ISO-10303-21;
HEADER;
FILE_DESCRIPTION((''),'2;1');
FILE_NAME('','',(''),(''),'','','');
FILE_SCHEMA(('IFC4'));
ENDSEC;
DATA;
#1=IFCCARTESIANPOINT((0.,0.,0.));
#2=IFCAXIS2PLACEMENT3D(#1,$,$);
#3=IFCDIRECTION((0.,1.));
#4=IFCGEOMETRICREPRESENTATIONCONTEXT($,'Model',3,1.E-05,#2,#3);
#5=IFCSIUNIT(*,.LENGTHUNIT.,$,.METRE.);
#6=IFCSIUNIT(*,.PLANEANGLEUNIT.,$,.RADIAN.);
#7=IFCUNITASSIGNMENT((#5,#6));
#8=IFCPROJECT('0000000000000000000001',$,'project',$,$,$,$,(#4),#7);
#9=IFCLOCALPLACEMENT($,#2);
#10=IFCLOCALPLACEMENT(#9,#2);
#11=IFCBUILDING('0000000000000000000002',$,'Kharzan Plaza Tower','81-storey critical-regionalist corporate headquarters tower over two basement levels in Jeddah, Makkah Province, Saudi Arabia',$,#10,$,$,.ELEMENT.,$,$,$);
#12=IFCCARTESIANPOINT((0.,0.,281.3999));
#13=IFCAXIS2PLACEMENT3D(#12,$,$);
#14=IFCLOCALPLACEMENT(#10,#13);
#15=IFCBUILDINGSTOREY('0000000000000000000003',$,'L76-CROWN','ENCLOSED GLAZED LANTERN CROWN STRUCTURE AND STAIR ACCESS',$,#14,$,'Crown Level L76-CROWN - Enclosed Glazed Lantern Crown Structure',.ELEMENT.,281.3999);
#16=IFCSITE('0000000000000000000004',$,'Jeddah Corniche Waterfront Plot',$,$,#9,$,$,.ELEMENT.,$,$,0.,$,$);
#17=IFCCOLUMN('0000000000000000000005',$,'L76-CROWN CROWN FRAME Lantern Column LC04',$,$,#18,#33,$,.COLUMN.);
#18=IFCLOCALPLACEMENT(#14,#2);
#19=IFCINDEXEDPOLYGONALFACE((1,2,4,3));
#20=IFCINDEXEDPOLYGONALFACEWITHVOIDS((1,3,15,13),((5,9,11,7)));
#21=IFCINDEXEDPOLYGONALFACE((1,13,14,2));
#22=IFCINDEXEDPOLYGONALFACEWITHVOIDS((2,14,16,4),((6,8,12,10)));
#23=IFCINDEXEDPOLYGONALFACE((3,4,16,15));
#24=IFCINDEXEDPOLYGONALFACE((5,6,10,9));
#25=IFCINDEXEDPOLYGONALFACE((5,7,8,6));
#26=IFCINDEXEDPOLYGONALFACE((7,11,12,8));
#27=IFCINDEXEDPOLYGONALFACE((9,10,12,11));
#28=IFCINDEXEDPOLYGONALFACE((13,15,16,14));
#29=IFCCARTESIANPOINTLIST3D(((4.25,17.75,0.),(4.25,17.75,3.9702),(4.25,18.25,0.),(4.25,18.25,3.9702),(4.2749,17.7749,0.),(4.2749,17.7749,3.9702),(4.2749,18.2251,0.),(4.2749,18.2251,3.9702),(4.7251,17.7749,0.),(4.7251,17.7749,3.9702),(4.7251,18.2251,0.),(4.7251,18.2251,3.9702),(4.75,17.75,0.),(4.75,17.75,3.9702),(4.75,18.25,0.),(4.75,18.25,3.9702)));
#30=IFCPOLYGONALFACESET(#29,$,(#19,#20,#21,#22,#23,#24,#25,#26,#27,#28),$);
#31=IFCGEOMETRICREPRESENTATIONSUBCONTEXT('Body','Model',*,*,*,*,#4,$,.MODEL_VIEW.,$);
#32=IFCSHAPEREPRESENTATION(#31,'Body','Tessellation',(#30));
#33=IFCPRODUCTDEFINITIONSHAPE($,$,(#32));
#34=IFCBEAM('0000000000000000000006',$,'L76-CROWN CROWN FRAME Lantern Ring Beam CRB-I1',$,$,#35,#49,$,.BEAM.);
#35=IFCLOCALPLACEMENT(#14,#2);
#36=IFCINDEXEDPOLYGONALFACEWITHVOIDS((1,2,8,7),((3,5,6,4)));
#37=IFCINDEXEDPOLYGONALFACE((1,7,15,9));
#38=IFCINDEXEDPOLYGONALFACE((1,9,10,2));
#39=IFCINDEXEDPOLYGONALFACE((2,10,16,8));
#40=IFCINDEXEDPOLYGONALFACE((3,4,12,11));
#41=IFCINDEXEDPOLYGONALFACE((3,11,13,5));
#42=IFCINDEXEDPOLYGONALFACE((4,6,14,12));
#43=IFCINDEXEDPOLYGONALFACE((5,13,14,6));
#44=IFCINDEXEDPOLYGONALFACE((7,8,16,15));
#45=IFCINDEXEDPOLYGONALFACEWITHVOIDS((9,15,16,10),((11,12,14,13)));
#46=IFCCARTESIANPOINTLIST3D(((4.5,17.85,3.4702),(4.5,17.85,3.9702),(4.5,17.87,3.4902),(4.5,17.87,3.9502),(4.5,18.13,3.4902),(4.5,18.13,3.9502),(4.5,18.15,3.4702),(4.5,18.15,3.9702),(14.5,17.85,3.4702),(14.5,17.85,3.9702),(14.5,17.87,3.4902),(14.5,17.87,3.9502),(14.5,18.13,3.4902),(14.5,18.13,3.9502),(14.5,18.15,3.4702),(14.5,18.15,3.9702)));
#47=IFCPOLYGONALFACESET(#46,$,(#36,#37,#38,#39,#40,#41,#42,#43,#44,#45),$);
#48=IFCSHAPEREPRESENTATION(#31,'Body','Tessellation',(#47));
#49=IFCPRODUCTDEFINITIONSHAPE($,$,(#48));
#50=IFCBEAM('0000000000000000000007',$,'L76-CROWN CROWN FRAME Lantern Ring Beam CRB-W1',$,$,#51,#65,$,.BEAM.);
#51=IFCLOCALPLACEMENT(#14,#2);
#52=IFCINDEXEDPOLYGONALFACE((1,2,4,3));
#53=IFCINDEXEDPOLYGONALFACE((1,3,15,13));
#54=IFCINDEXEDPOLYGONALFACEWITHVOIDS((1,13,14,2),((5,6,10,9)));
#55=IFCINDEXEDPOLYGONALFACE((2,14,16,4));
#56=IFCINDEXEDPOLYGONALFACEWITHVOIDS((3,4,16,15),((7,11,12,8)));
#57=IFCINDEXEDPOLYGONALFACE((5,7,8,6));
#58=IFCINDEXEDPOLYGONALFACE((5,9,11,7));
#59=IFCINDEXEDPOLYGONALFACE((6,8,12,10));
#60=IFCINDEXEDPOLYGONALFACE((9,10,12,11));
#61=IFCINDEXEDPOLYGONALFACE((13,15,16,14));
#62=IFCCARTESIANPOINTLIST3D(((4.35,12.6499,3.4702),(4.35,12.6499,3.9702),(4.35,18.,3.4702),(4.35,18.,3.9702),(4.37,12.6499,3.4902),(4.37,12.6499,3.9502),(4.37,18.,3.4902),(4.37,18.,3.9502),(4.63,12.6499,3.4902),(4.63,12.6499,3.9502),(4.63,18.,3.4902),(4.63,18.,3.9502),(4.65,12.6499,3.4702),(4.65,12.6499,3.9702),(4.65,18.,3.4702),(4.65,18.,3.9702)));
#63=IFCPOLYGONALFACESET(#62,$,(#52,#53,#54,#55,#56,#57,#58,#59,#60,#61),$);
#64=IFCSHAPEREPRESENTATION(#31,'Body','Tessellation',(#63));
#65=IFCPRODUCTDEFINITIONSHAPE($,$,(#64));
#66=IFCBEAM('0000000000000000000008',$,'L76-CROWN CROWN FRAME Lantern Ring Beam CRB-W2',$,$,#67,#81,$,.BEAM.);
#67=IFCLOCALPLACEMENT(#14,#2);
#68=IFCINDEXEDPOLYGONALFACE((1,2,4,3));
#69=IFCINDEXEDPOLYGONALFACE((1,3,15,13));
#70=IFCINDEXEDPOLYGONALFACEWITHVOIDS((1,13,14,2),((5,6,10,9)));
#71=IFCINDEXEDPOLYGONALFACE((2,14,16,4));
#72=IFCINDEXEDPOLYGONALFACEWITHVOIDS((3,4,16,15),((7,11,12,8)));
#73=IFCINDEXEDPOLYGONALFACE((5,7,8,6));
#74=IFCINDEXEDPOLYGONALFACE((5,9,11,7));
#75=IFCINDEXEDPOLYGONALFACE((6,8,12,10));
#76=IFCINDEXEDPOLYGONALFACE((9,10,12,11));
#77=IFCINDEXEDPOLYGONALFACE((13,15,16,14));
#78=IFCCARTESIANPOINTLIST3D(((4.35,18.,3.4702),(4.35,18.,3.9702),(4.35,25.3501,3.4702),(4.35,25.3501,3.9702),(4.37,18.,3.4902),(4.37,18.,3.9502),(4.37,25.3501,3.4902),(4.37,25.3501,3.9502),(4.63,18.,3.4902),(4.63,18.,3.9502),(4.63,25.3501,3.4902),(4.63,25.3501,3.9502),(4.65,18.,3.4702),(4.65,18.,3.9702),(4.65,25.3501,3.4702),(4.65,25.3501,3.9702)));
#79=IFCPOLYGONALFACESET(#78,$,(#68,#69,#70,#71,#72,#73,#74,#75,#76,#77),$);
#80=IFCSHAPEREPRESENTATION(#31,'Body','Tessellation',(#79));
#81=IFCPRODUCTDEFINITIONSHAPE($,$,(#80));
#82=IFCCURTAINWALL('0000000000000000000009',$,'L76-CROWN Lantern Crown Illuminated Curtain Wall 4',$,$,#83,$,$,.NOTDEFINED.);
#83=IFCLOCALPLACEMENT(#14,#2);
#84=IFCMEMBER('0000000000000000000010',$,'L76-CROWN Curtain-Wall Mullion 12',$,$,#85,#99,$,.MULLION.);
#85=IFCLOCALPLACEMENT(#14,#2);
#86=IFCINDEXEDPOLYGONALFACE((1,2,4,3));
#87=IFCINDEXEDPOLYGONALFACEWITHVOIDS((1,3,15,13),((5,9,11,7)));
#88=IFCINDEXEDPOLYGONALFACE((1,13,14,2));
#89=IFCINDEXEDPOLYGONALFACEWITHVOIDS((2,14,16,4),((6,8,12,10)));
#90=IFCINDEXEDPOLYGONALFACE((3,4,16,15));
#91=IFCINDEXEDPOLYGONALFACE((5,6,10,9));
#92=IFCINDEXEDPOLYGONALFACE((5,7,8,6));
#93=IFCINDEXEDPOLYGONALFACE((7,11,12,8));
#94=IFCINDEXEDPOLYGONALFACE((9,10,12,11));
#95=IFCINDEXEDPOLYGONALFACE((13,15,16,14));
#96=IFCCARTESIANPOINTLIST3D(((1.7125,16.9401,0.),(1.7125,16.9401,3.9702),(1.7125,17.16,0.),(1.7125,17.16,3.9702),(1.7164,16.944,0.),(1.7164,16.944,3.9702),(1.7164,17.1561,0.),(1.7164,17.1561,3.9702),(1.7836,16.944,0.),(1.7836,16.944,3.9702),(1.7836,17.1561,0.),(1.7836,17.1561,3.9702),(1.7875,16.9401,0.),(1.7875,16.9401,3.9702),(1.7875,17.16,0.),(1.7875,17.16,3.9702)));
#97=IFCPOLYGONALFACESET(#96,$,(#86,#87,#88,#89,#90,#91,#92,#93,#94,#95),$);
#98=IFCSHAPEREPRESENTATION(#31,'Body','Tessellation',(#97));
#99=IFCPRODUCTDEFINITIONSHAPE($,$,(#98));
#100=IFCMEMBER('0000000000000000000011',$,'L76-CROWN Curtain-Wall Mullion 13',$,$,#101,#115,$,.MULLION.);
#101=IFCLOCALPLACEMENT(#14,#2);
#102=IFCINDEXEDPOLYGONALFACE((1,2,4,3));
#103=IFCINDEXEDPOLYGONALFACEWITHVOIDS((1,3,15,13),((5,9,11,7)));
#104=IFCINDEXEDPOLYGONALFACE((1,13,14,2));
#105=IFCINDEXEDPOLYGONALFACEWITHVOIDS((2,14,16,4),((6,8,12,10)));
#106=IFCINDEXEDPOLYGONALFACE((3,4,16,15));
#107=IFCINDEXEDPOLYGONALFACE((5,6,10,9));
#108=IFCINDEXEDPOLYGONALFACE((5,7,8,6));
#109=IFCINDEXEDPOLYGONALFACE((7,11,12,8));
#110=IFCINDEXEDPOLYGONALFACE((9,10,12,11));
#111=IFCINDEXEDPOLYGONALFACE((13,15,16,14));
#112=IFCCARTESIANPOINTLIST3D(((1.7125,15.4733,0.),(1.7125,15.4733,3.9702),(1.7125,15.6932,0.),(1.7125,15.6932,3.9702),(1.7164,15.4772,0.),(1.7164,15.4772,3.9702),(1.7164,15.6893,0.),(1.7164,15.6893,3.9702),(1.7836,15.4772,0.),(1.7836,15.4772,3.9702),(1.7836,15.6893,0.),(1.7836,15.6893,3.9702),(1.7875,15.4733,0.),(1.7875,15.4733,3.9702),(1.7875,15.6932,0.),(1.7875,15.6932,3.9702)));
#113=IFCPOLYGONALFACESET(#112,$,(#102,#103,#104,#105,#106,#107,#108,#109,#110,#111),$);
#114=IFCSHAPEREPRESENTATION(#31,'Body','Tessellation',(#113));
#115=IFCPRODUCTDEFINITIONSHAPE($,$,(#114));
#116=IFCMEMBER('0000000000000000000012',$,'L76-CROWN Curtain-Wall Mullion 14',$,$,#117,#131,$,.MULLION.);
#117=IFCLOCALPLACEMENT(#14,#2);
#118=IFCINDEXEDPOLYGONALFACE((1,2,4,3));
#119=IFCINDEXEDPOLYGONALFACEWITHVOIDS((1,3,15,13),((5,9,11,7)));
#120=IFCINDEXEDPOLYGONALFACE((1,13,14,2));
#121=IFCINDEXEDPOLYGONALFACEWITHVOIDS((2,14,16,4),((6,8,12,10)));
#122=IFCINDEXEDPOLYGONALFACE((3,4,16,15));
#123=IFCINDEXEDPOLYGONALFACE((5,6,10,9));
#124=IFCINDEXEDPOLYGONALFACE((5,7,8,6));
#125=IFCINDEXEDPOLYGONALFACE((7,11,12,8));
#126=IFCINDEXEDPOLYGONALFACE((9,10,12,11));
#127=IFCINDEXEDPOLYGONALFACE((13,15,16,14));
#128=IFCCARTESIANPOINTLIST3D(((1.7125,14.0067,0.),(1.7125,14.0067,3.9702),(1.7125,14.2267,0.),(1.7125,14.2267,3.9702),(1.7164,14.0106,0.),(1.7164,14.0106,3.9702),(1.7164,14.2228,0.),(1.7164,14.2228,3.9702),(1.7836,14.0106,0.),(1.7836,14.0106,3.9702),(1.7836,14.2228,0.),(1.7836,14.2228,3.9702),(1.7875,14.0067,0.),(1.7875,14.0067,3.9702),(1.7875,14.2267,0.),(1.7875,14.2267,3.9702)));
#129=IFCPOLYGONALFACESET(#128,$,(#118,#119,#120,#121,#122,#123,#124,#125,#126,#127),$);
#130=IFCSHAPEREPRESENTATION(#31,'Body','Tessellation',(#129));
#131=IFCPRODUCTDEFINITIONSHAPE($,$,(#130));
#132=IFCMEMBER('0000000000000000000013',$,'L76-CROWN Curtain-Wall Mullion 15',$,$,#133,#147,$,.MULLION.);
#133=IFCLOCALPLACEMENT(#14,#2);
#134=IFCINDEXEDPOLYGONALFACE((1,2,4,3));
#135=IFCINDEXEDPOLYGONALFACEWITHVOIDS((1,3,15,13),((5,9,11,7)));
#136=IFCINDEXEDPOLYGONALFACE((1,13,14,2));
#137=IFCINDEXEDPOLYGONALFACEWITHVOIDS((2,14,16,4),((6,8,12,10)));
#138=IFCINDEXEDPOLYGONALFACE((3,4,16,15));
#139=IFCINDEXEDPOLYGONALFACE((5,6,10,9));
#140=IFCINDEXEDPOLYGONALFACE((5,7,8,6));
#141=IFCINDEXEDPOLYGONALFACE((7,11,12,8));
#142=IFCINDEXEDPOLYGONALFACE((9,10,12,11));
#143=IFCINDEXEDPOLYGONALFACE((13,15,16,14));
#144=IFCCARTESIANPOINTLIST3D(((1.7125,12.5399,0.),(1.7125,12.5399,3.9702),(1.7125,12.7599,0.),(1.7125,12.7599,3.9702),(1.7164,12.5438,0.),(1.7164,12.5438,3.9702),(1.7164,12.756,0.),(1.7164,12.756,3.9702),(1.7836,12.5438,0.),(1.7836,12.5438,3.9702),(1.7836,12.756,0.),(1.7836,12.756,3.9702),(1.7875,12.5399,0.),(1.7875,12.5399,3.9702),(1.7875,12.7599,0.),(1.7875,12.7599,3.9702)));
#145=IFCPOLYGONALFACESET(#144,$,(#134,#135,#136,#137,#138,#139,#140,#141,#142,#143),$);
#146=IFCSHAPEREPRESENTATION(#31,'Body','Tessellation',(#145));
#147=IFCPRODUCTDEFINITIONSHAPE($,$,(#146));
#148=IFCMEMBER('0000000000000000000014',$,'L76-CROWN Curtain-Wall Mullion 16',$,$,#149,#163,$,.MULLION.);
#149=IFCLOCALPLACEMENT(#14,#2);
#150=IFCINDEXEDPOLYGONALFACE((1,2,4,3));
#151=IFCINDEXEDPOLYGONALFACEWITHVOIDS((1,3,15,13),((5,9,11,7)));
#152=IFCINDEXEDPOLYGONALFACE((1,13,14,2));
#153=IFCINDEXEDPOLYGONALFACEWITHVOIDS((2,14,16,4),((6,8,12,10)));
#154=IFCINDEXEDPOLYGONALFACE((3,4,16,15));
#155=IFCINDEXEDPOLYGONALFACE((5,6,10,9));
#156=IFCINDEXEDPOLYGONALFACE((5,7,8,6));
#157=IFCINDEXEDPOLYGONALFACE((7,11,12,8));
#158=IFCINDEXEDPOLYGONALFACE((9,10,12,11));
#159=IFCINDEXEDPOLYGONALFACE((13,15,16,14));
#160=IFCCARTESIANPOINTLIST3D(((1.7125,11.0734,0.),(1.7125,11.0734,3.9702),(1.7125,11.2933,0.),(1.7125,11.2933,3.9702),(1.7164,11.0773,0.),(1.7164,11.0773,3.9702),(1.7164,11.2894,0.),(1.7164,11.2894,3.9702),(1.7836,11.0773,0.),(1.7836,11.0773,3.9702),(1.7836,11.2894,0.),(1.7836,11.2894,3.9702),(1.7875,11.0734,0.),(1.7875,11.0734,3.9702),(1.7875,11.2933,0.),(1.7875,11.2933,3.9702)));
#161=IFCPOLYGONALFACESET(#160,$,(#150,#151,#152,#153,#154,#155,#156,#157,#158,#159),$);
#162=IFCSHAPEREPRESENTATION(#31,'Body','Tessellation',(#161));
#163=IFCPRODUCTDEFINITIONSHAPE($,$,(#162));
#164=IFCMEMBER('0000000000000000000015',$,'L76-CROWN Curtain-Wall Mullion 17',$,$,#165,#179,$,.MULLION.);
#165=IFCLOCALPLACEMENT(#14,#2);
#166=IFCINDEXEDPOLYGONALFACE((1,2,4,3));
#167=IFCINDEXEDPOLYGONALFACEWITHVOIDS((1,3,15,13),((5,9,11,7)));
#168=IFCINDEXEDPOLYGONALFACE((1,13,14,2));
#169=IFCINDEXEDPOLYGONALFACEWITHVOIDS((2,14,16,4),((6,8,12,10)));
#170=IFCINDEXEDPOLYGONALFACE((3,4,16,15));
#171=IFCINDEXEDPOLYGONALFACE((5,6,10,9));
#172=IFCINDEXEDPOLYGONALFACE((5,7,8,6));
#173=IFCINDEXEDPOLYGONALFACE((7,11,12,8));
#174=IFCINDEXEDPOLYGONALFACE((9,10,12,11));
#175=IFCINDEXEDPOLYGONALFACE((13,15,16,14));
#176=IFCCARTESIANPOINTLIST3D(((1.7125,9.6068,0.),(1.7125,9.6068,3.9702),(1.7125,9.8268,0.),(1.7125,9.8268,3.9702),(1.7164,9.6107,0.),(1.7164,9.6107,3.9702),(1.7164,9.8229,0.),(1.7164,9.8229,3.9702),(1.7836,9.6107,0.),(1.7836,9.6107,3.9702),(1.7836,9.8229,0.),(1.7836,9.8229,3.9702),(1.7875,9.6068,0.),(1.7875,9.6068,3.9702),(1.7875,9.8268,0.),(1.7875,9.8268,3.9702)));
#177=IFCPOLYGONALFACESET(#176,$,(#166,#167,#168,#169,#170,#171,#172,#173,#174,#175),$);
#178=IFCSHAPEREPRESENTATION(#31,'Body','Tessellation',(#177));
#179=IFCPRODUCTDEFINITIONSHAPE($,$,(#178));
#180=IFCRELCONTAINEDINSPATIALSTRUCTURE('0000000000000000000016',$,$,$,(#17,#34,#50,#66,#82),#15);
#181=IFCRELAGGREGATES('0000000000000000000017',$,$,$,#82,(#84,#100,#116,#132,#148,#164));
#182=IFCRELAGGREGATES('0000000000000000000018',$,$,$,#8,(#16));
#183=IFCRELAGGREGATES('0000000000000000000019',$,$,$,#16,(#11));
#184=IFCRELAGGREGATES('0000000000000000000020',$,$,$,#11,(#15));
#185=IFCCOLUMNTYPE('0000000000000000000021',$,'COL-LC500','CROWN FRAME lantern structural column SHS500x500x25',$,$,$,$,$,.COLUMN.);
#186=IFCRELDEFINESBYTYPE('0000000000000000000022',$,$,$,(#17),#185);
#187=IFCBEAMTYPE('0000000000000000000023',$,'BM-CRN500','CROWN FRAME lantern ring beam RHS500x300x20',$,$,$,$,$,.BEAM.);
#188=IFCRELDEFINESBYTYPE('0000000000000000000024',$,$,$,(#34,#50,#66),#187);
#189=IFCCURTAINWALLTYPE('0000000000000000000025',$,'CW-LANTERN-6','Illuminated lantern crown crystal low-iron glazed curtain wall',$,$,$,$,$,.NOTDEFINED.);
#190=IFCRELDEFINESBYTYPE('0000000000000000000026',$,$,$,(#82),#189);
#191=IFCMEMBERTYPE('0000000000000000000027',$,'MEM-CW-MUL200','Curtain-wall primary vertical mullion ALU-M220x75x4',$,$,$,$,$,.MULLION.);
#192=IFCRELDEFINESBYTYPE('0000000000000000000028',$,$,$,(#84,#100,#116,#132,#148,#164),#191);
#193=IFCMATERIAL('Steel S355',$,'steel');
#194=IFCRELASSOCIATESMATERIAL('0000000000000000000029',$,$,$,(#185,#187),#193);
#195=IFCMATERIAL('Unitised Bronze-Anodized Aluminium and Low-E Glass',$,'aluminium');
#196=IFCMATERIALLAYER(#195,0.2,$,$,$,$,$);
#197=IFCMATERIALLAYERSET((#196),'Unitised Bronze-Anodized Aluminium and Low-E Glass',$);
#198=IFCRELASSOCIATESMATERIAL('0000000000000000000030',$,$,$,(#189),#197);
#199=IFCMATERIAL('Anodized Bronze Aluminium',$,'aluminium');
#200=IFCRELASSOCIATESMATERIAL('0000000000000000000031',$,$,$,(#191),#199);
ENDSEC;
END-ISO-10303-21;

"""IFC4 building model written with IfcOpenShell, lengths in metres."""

from ifc_helpers import new_model, si_unit, direction, frame, origin, origin_2d, place, context, subcontext, project, spatial, hollow_rectangle, extrude, source, transform, mapped, material, layer, layer_set, material_profile, profile_set, type_object, element, aggregate, save


model = new_model("IFC4")

# Units and contexts
model_context = context("Model", 3, precision=1e-05, world=origin(), true_north=direction((0.0, 1.0)))
body_context = subcontext(model_context, "Body", "Model", "MODEL_VIEW")
ifc_project = project(units=[si_unit("LENGTHUNIT", "METRE"), si_unit("PLANEANGLEUNIT", "RADIAN")], contexts=[model_context])

# Site, building, storey
site_placement = place(None, origin())
site = spatial("IfcSite", under=ifc_project, at=site_placement, Name="Jeddah Corniche Waterfront Plot", CompositionType="ELEMENT", RefElevation=0.0)
building_placement = place(site_placement, origin())
building = spatial("IfcBuilding", under=site, at=building_placement, Name="Kharzan Plaza Tower", Description="81-storey critical-regionalist corporate headquarters tower over two basement levels in Jeddah, Makkah Province, Saudi Arabia", CompositionType="ELEMENT")
storey_placement = place(building_placement, frame((0.0, 0.0, 281.3999)))
storey = spatial("IfcBuildingStorey", under=building, at=storey_placement, Name="L76-CROWN", Description="ENCLOSED GLAZED LANTERN CROWN STRUCTURE AND STAIR ACCESS", LongName="Crown Level L76-CROWN - Enclosed Glazed Lantern Crown Structure", CompositionType="ELEMENT", Elevation=281.3999)

# Column
ifc_material_1 = material(Name="Steel S355", Category="steel")
ifc_material_profile_1 = material_profile(ifc_material_1, hollow_rectangle(XDim=0.5, YDim=0.5, WallThickness=0.0249, at=origin_2d()), Name="SHS500x500x25")
ifc_profile_set_1 = profile_set([ifc_material_profile_1], Name="Steel S355")
column_type = type_object("IfcColumnType", Name="COL-LC500", Description="CROWN FRAME lantern structural column SHS500x500x25", PredefinedType="COLUMN", material=ifc_profile_set_1)
shared_shape_1 = source(origin(), body_context, "Body", "SweptSolid", [
    extrude(hollow_rectangle(XDim=0.5, YDim=0.5, WallThickness=0.0249, at=origin_2d()), origin(), (0.0, 0.0, 1.0), 3.9702),
])
column_placement = place(storey_placement, frame((4.5, 18.0, 0.0), z_axis=(0.0, 0.0, 1.0), x_axis=(1.0, 0.0, 0.0)))
element("IfcColumn", 1, at=column_placement, inside=storey, type_object=column_type, Name="L76-CROWN CROWN FRAME Lantern Column LC04", PredefinedType="COLUMN", context=body_context, shape_type="MappedRepresentation", body=[
    mapped(shared_shape_1, transform((0.0, 0.0, 0.0), x_axis=(1.0, 0.0, 0.0), y_axis=(0.0, 1.0, 0.0), z_axis=(0.0, 0.0, 1.0))),
])

# Beams
ifc_material_profile_2 = material_profile(ifc_material_1, hollow_rectangle(XDim=0.3, YDim=0.5, WallThickness=0.02, at=origin_2d()), Name="RHS500x300x20")
ifc_profile_set_2 = profile_set([ifc_material_profile_2], Name="Steel S355")
beam_type = type_object("IfcBeamType", Name="BM-CRN500", Description="CROWN FRAME lantern ring beam RHS500x300x20", PredefinedType="BEAM", material=ifc_profile_set_2)
shared_shape_2 = source(origin(), body_context, "Body", "SweptSolid", [
    extrude(hollow_rectangle(XDim=0.3, YDim=0.5, WallThickness=0.02, at=origin_2d()), origin(), (0.0, 0.0, 1.0), 10.0),
])
beam_1_placement = place(storey_placement, frame((4.5, 18.0, 3.7202), z_axis=(1.0, 0.0, 0.0), x_axis=(0.0, 1.0, 0.0)))
element("IfcBeam", 2, at=beam_1_placement, inside=storey, type_object=beam_type, Name="L76-CROWN CROWN FRAME Lantern Ring Beam CRB-I1", PredefinedType="BEAM", context=body_context, shape_type="MappedRepresentation", body=[
    mapped(shared_shape_2, transform((0.0, 0.0, 0.0), x_axis=(1.0, 0.0, 0.0), y_axis=(0.0, 1.0, 0.0), z_axis=(0.0, 0.0, 1.0))),
])
shared_shape_3 = source(origin(), body_context, "Body", "SweptSolid", [
    extrude(hollow_rectangle(XDim=0.3, YDim=0.5, WallThickness=0.02, at=origin_2d()), origin(), (0.0, 0.0, 1.0), 5.3501),
])
beam_2_placement = place(storey_placement, frame((4.5, 12.6499, 3.7202), z_axis=(0.0, 1.0, 0.0), x_axis=(-1.0, 0.0, 0.0)))
element("IfcBeam", 3, at=beam_2_placement, inside=storey, type_object=beam_type, Name="L76-CROWN CROWN FRAME Lantern Ring Beam CRB-W1", PredefinedType="BEAM", context=body_context, shape_type="MappedRepresentation", body=[
    mapped(shared_shape_3, transform((0.0, 0.0, 0.0), x_axis=(1.0, 0.0, 0.0), y_axis=(0.0, 1.0, 0.0), z_axis=(0.0, 0.0, 1.0))),
])
shared_shape_4 = source(origin(), body_context, "Body", "SweptSolid", [
    extrude(hollow_rectangle(XDim=0.3, YDim=0.5, WallThickness=0.02, at=origin_2d()), origin(), (0.0, 0.0, 1.0), 7.3501),
])
beam_3_placement = place(storey_placement, frame((4.5, 18.0, 3.7202), z_axis=(0.0, 1.0, 0.0), x_axis=(-1.0, 0.0, 0.0)))
element("IfcBeam", 4, at=beam_3_placement, inside=storey, type_object=beam_type, Name="L76-CROWN CROWN FRAME Lantern Ring Beam CRB-W2", PredefinedType="BEAM", context=body_context, shape_type="MappedRepresentation", body=[
    mapped(shared_shape_4, transform((0.0, 0.0, 0.0), x_axis=(1.0, 0.0, 0.0), y_axis=(0.0, 1.0, 0.0), z_axis=(0.0, 0.0, 1.0))),
])

# Curtain wall, members
ifc_material_2 = material(Name="Unitised Bronze-Anodized Aluminium and Low-E Glass", Category="aluminium")
ifc_layer_1 = layer(ifc_material_2, 0.2)
ifc_layer_set_1 = layer_set([ifc_layer_1], Name="Unitised Bronze-Anodized Aluminium and Low-E Glass")
curtain_wall_type = type_object("IfcCurtainWallType", Name="CW-LANTERN-6", Description="Illuminated lantern crown crystal low-iron glazed curtain wall", PredefinedType="NOTDEFINED", material=ifc_layer_set_1)
curtain_wall_placement = place(storey_placement, origin())
curtain_wall = element("IfcCurtainWall", 5, at=curtain_wall_placement, inside=storey, type_object=curtain_wall_type, Name="L76-CROWN Lantern Crown Illuminated Curtain Wall 4", PredefinedType="NOTDEFINED")
ifc_material_3 = material(Name="Anodized Bronze Aluminium", Category="aluminium")
ifc_material_profile_3 = material_profile(ifc_material_3, hollow_rectangle(XDim=0.075, YDim=0.22, WallThickness=0.0039, at=origin_2d()), Name="ALU-M220x75x4")
ifc_profile_set_3 = profile_set([ifc_material_profile_3], Name="Anodized Bronze Aluminium")
member_type = type_object("IfcMemberType", Name="MEM-CW-MUL200", Description="Curtain-wall primary vertical mullion ALU-M220x75x4", PredefinedType="MULLION", material=ifc_profile_set_3)
shared_shape_5 = source(origin(), body_context, "Body", "SweptSolid", [
    extrude(hollow_rectangle(XDim=0.075, YDim=0.22, WallThickness=0.0039, at=origin_2d()), origin(), (0.0, 0.0, 1.0), 3.9702),
])
member_1_placement = place(storey_placement, frame((1.75, 17.05, 0.0), z_axis=(0.0, 0.0, 1.0), x_axis=(1.0, 0.0, 0.0)))
member_1 = element("IfcMember", 6, at=member_1_placement, type_object=member_type, Name="L76-CROWN Curtain-Wall Mullion 12", PredefinedType="MULLION", context=body_context, shape_type="MappedRepresentation", body=[
    mapped(shared_shape_5, transform((0.0, 0.0, 0.0), x_axis=(1.0, 0.0, 0.0), y_axis=(0.0, 1.0, 0.0), z_axis=(0.0, 0.0, 1.0))),
])
member_2_placement = place(storey_placement, frame((1.75, 15.5833, 0.0), z_axis=(0.0, 0.0, 1.0), x_axis=(1.0, 0.0, 0.0)))
member_2 = element("IfcMember", 7, at=member_2_placement, type_object=member_type, Name="L76-CROWN Curtain-Wall Mullion 13", PredefinedType="MULLION", context=body_context, shape_type="MappedRepresentation", body=[
    mapped(shared_shape_5, transform((0.0, 0.0, 0.0), x_axis=(1.0, 0.0, 0.0), y_axis=(0.0, 1.0, 0.0), z_axis=(0.0, 0.0, 1.0))),
])
member_3_placement = place(storey_placement, frame((1.75, 14.1167, 0.0), z_axis=(0.0, 0.0, 1.0), x_axis=(1.0, 0.0, 0.0)))
member_3 = element("IfcMember", 8, at=member_3_placement, type_object=member_type, Name="L76-CROWN Curtain-Wall Mullion 14", PredefinedType="MULLION", context=body_context, shape_type="MappedRepresentation", body=[
    mapped(shared_shape_5, transform((0.0, 0.0, 0.0), x_axis=(1.0, 0.0, 0.0), y_axis=(0.0, 1.0, 0.0), z_axis=(0.0, 0.0, 1.0))),
])
member_4_placement = place(storey_placement, frame((1.75, 12.6499, 0.0), z_axis=(0.0, 0.0, 1.0), x_axis=(1.0, 0.0, 0.0)))
member_4 = element("IfcMember", 9, at=member_4_placement, type_object=member_type, Name="L76-CROWN Curtain-Wall Mullion 15", PredefinedType="MULLION", context=body_context, shape_type="MappedRepresentation", body=[
    mapped(shared_shape_5, transform((0.0, 0.0, 0.0), x_axis=(1.0, 0.0, 0.0), y_axis=(0.0, 1.0, 0.0), z_axis=(0.0, 0.0, 1.0))),
])
member_5_placement = place(storey_placement, frame((1.75, 11.1833, 0.0), z_axis=(0.0, 0.0, 1.0), x_axis=(1.0, 0.0, 0.0)))
member_5 = element("IfcMember", 10, at=member_5_placement, type_object=member_type, Name="L76-CROWN Curtain-Wall Mullion 16", PredefinedType="MULLION", context=body_context, shape_type="MappedRepresentation", body=[
    mapped(shared_shape_5, transform((0.0, 0.0, 0.0), x_axis=(1.0, 0.0, 0.0), y_axis=(0.0, 1.0, 0.0), z_axis=(0.0, 0.0, 1.0))),
])
member_6_placement = place(storey_placement, frame((1.75, 9.7168, 0.0), z_axis=(0.0, 0.0, 1.0), x_axis=(1.0, 0.0, 0.0)))
member_6 = element("IfcMember", 11, at=member_6_placement, type_object=member_type, Name="L76-CROWN Curtain-Wall Mullion 17", PredefinedType="MULLION", context=body_context, shape_type="MappedRepresentation", body=[
    mapped(shared_shape_5, transform((0.0, 0.0, 0.0), x_axis=(1.0, 0.0, 0.0), y_axis=(0.0, 1.0, 0.0), z_axis=(0.0, 0.0, 1.0))),
])
aggregate(curtain_wall, [member_1, member_2, member_3, member_4, member_5, member_6])

save(model, "model.ifc")
